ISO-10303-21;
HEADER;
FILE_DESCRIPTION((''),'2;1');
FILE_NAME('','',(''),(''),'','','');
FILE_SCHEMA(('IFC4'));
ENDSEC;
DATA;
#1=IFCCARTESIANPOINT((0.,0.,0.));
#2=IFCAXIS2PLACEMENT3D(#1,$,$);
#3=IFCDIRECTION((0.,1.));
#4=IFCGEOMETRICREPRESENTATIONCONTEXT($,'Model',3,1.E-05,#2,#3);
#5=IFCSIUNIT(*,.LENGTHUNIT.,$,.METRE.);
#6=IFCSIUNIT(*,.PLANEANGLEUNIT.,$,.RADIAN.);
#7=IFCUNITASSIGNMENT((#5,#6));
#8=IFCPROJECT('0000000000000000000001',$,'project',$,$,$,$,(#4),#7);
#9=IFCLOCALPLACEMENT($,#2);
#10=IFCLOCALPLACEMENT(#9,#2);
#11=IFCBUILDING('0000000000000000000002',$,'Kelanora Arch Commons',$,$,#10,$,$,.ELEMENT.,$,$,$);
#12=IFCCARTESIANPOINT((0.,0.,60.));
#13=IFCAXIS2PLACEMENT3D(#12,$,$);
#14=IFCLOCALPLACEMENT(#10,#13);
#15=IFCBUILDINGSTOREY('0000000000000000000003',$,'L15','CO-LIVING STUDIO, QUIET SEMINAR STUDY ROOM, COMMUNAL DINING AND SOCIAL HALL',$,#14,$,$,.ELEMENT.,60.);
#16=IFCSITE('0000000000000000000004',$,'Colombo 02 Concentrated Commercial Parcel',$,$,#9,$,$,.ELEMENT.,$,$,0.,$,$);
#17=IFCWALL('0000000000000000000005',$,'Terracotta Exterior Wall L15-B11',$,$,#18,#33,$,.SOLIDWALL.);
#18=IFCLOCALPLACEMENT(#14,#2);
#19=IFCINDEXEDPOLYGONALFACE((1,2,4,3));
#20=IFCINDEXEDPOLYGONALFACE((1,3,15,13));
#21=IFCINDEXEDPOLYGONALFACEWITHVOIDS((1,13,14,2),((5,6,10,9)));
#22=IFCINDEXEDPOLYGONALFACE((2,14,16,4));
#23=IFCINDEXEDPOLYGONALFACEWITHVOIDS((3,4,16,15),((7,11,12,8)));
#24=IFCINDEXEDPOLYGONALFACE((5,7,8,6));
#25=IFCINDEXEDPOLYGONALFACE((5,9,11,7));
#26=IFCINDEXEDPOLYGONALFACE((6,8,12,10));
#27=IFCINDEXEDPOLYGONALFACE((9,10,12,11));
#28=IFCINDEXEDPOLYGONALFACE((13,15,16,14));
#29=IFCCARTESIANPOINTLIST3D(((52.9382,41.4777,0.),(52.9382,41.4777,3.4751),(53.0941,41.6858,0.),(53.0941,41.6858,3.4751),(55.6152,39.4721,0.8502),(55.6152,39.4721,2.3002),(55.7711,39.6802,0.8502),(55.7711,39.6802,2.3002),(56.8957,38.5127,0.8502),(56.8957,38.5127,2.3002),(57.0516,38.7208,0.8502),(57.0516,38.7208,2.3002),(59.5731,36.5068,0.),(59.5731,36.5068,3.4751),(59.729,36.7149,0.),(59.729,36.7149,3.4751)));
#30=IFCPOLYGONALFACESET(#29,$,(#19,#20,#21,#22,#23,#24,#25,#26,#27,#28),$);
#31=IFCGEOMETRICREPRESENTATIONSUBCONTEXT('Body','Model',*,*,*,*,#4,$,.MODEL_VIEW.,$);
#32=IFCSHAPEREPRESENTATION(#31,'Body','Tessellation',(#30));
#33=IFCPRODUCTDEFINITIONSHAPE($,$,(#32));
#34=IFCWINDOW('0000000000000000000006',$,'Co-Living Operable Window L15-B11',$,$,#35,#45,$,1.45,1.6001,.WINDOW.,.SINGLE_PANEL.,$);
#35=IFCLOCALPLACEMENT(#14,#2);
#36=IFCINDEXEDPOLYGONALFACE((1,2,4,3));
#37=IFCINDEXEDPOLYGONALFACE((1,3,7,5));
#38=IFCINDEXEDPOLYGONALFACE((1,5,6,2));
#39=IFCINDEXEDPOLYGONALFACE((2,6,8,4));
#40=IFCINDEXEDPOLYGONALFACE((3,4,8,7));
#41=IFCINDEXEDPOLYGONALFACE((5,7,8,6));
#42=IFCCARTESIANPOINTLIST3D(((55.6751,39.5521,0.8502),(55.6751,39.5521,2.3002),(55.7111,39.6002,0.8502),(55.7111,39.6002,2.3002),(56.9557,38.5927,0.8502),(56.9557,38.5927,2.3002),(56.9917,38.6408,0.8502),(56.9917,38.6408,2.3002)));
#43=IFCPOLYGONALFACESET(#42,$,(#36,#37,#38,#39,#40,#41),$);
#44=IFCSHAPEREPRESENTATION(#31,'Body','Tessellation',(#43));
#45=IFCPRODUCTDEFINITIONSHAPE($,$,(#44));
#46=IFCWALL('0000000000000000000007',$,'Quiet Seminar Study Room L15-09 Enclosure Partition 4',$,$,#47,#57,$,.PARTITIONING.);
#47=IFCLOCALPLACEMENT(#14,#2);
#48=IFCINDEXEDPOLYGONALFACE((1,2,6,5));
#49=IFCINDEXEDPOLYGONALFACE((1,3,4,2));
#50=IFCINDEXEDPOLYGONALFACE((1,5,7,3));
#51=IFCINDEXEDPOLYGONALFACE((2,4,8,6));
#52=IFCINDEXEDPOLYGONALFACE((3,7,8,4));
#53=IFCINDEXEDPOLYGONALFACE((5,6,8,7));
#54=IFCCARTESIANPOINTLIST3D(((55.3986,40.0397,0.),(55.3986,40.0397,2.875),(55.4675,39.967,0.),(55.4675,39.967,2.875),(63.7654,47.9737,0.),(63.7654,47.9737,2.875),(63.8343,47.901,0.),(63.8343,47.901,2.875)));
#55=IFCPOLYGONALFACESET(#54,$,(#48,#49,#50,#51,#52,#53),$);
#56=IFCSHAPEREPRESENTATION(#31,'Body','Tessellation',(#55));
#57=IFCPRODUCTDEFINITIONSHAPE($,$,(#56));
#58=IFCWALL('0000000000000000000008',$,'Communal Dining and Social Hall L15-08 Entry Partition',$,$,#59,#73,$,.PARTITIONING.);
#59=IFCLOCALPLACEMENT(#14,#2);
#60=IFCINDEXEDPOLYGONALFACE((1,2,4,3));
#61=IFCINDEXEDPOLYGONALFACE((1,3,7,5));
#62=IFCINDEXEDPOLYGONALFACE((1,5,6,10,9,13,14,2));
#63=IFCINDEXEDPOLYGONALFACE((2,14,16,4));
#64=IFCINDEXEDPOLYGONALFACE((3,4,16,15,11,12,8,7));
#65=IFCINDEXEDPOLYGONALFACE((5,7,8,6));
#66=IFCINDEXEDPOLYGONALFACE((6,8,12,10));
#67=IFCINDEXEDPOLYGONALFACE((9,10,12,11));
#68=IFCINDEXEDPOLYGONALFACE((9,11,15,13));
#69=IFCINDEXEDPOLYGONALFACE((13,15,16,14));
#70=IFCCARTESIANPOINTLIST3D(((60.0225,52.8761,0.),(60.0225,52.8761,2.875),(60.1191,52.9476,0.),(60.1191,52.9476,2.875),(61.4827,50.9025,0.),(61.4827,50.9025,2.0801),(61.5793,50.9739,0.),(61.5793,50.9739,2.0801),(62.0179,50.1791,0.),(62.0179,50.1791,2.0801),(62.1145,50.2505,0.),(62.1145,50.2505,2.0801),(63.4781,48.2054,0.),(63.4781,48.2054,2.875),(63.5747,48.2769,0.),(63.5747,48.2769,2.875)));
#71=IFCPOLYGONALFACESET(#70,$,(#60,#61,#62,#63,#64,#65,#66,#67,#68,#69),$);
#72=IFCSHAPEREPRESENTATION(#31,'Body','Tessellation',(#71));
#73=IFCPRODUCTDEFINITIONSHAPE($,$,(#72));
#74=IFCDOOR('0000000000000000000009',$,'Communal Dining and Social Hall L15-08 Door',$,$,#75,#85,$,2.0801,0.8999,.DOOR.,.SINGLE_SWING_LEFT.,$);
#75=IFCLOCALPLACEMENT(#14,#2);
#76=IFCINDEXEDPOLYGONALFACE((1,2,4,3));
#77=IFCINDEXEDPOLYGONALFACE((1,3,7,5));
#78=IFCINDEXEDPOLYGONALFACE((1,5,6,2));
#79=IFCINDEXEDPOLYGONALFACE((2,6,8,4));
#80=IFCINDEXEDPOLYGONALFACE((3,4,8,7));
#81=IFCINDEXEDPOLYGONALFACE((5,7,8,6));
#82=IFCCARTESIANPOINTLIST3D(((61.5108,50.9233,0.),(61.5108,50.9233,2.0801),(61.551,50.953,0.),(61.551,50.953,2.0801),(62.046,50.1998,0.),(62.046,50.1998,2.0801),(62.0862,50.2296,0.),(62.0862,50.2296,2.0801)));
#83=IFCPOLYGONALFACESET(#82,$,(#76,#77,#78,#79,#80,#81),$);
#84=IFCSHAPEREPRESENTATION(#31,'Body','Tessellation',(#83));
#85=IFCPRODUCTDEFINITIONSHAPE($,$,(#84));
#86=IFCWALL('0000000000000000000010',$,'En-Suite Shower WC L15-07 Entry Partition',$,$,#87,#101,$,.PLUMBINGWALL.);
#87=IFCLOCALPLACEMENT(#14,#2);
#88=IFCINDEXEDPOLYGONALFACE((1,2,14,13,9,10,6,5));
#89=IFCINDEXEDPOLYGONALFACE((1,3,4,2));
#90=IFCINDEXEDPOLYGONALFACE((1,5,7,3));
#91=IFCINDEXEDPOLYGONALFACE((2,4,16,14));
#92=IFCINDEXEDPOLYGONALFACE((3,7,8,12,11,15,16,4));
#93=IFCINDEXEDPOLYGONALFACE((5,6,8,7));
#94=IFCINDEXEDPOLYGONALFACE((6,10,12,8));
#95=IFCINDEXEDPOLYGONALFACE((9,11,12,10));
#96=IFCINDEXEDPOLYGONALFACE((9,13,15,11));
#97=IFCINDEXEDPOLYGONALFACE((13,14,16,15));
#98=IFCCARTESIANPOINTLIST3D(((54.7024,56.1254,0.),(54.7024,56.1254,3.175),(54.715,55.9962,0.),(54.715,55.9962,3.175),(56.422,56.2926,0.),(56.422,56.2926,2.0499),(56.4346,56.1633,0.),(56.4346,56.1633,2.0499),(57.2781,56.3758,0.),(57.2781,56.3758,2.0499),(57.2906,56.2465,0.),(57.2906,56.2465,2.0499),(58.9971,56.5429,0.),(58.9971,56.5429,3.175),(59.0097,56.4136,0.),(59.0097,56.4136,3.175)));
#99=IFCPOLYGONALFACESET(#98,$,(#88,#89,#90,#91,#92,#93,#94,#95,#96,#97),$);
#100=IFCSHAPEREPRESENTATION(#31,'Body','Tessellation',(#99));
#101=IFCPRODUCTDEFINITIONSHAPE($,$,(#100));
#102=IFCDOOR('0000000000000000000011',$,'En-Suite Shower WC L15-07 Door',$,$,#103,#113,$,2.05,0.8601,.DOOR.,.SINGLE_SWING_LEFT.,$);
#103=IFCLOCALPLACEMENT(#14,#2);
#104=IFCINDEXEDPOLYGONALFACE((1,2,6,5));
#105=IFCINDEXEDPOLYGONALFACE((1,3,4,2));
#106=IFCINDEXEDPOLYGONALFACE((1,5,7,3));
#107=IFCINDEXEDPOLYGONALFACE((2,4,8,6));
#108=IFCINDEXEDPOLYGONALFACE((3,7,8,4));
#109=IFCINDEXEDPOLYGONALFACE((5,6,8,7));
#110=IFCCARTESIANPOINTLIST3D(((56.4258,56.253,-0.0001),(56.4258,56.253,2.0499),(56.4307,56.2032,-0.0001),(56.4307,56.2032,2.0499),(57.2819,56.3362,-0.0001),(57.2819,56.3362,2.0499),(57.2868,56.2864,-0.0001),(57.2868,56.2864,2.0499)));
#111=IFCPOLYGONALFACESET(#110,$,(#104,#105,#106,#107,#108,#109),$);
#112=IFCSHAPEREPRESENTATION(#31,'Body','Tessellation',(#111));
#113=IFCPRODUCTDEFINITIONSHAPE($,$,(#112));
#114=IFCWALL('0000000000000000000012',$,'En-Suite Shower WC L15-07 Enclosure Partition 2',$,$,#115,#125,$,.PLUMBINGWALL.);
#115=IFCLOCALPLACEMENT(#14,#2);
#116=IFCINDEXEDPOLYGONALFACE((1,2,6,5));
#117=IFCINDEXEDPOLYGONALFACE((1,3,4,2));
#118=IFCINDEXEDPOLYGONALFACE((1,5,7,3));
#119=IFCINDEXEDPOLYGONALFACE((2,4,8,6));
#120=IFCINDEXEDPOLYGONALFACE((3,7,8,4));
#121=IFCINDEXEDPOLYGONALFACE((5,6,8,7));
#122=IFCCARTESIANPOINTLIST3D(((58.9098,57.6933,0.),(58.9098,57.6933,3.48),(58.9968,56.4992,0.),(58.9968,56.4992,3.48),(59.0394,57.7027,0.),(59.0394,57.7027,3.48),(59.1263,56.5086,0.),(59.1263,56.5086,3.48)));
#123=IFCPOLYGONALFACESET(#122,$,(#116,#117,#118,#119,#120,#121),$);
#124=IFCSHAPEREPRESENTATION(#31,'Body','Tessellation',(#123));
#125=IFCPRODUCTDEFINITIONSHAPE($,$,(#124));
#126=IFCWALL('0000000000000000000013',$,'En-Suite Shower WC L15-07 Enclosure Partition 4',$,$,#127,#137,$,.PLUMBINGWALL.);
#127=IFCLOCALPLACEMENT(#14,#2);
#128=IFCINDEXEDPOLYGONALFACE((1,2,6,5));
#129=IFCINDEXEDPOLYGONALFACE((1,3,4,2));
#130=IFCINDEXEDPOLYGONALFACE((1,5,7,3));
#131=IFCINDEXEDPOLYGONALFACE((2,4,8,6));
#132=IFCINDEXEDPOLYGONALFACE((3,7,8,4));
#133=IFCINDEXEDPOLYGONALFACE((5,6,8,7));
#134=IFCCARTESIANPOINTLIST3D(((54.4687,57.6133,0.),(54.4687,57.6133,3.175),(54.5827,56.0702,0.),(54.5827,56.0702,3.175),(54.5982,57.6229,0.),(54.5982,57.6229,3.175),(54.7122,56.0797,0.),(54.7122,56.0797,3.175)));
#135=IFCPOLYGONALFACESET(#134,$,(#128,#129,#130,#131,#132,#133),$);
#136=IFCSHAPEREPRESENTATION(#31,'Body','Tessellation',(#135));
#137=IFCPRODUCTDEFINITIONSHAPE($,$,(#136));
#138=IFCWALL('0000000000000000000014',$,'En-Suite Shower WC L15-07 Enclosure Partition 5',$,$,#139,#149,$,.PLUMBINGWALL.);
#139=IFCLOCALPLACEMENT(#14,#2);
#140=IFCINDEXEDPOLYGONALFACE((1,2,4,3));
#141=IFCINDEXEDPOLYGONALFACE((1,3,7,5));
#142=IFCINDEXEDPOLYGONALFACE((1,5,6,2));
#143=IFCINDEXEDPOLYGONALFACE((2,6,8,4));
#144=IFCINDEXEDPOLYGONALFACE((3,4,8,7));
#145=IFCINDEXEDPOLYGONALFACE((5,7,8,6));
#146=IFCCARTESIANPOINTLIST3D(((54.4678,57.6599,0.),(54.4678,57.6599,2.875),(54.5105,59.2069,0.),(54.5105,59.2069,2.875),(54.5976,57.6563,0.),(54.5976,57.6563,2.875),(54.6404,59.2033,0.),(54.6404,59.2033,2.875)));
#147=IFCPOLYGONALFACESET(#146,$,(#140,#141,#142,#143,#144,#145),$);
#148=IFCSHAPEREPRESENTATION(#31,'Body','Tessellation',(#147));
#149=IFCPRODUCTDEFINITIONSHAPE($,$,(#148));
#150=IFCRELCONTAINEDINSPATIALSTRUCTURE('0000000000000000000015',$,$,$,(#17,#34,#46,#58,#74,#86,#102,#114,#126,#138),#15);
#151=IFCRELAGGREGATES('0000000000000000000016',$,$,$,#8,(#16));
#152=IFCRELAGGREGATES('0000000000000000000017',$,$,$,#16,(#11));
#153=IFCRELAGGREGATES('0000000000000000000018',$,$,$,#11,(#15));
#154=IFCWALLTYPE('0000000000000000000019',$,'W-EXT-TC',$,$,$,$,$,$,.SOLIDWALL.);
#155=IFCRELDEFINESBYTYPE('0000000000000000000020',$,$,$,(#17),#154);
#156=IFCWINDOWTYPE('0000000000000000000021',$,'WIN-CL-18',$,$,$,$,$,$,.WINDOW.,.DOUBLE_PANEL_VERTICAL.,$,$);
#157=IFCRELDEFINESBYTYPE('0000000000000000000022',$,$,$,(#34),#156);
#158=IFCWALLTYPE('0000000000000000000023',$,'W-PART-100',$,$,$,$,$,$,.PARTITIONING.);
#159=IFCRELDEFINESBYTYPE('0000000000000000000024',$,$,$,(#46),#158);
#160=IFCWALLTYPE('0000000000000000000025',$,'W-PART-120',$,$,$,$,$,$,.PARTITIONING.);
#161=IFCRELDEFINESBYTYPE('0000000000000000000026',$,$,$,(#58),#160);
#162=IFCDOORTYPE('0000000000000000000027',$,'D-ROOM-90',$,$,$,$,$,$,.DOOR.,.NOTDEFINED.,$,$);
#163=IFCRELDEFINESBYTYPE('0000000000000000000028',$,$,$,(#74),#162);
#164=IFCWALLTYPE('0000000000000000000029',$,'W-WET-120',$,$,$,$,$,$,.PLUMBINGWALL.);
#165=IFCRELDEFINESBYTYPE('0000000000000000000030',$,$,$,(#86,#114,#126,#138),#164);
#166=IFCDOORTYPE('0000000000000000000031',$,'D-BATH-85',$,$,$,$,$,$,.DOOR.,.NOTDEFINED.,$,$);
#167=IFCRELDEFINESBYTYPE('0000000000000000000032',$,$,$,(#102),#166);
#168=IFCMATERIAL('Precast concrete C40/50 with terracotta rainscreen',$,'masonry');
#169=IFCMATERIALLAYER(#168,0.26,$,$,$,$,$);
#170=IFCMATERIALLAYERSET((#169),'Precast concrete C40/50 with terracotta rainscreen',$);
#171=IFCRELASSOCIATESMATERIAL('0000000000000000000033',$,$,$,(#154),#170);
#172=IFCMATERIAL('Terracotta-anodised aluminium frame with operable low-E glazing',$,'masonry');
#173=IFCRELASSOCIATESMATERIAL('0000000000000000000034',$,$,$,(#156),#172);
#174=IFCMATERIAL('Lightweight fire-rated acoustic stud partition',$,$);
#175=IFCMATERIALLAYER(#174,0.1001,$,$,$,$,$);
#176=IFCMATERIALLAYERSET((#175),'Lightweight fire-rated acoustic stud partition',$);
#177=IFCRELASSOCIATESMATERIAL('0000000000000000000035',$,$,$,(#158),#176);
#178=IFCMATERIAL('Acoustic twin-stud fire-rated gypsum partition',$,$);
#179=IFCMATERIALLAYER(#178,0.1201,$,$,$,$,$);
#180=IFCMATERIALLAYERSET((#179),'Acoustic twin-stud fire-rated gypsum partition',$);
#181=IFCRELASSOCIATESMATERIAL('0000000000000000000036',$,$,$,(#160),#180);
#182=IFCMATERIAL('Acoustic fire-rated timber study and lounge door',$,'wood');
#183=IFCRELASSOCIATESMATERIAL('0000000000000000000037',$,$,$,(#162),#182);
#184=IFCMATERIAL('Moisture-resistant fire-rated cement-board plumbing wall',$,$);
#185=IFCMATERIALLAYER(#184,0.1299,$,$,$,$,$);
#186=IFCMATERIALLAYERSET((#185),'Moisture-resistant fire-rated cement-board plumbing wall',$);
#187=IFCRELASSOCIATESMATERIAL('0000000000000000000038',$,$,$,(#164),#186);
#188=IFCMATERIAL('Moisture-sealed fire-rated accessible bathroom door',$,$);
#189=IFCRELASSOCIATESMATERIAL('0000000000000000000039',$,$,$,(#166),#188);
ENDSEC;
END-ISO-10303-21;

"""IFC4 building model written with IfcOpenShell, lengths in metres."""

from ifc_helpers import new_model, si_unit, direction, frame, frame_2d, origin, place, context, subcontext, project, spatial, rectangle, extrude, material, layer, layer_set, type_object, element, fill, save


model = new_model("IFC4")

# Units and contexts
model_context = context("Model", 3, precision=1e-05, world=origin(), true_north=direction((0.0, 1.0)))
body_context = subcontext(model_context, "Body", "Model", "MODEL_VIEW")
ifc_project = project(units=[si_unit("LENGTHUNIT", "METRE"), si_unit("PLANEANGLEUNIT", "RADIAN")], contexts=[model_context])

# Site, building, storey
site_placement = place(None, origin())
site = spatial("IfcSite", under=ifc_project, at=site_placement, Name="Colombo 02 Concentrated Commercial Parcel", CompositionType="ELEMENT", RefElevation=0.0)
building_placement = place(site_placement, origin())
building = spatial("IfcBuilding", under=site, at=building_placement, Name="Kelanora Arch Commons", CompositionType="ELEMENT")
storey_placement = place(building_placement, frame((0.0, 0.0, 60.0)))
storey = spatial("IfcBuildingStorey", under=building, at=storey_placement, Name="L15", Description="CO-LIVING STUDIO, QUIET SEMINAR STUDY ROOM, COMMUNAL DINING AND SOCIAL HALL", CompositionType="ELEMENT", Elevation=60.0)

# Wall, opening, window
ifc_material_1 = material(Name="Precast concrete C40/50 with terracotta rainscreen", Category="masonry")
ifc_layer_1 = layer(ifc_material_1, 0.26)
ifc_layer_set_1 = layer_set([ifc_layer_1], Name="Precast concrete C40/50 with terracotta rainscreen")
wall_type_1 = type_object("IfcWallType", Name="W-EXT-TC", PredefinedType="SOLIDWALL", material=ifc_layer_set_1)
wall_1_placement = place(storey_placement, frame((53.0161, 41.5818, 0.0), z_axis=(0.0, 0.0, 1.0), x_axis=(0.800307, -0.59959, 0.0)))
wall_1 = element("IfcWall", 1, at=wall_1_placement, inside=storey, type_object=wall_type_1, Name="Terracotta Exterior Wall L15-B11", PredefinedType="SOLIDWALL", context=body_context, shape_type="SweptSolid", body=[
    extrude(rectangle(XDim=8.2905, YDim=0.26, at=frame_2d((4.1453, 0.0))), origin(), (0.0, 0.0, 1.0), 3.4751),
])
opening_1_placement = place(wall_1_placement, frame((3.345, 0.0, 0.8501)))
opening_1 = element("IfcOpeningElement", 2, at=opening_1_placement, cuts=wall_1, PredefinedType="OPENING", context=body_context, shape_type="SweptSolid", body=[
    extrude(rectangle(XDim=1.6001, YDim=1.45, at=frame_2d((0.8, 0.7251))), frame((0.0, 0.1401, 0.0), z_axis=(0.0, -1.0, 0.0), x_axis=(1.0, 0.0, 0.0)), (0.0, 0.0, 1.0), 0.28),
])
ifc_material_2 = material(Name="Terracotta-anodised aluminium frame with operable low-E glazing", Category="masonry")
window_type = type_object("IfcWindowType", Name="WIN-CL-18", PartitioningType="DOUBLE_PANEL_VERTICAL", PredefinedType="WINDOW", material=ifc_material_2)
window_placement = place(opening_1_placement, origin())
window = element("IfcWindow", 3, at=window_placement, inside=storey, type_object=window_type, Name="Co-Living Operable Window L15-B11", OverallHeight=1.45, OverallWidth=1.6001, PartitioningType="SINGLE_PANEL", PredefinedType="WINDOW", context=body_context, shape_type="SweptSolid", body=[
    extrude(rectangle(XDim=1.6001, YDim=1.45, at=frame_2d((0.8, 0.7251))), frame((0.0, 0.03, 0.0), z_axis=(0.0, -1.0, 0.0), x_axis=(1.0, 0.0, 0.0)), (0.0, 0.0, 1.0), 0.0601),
])
fill(opening_1, window)

# Wall
ifc_material_3 = material(Name="Lightweight fire-rated acoustic stud partition")
ifc_layer_2 = layer(ifc_material_3, 0.1001)
ifc_layer_set_2 = layer_set([ifc_layer_2], Name="Lightweight fire-rated acoustic stud partition")
wall_type_2 = type_object("IfcWallType", Name="W-PART-100", PredefinedType="PARTITIONING", material=ifc_layer_set_2)
wall_2_placement = place(storey_placement, frame((55.4331, 40.0034, 0.0), z_axis=(0.0, 0.0, 1.0), x_axis=(0.725628, 0.688088, 0.0)))
element("IfcWall", 4, at=wall_2_placement, inside=storey, type_object=wall_type_2, Name="Quiet Seminar Study Room L15-09 Enclosure Partition 4", PredefinedType="PARTITIONING", context=body_context, shape_type="SweptSolid", body=[
    extrude(rectangle(XDim=11.5305, YDim=0.1001, at=frame_2d((5.7651, 0.0))), origin(), (0.0, 0.0, 1.0), 2.875),
])

# Walls, openings, doors
ifc_material_4 = material(Name="Acoustic twin-stud fire-rated gypsum partition")
ifc_layer_3 = layer(ifc_material_4, 0.1201)
ifc_layer_set_3 = layer_set([ifc_layer_3], Name="Acoustic twin-stud fire-rated gypsum partition")
wall_type_3 = type_object("IfcWallType", Name="W-PART-120", PredefinedType="PARTITIONING", material=ifc_layer_set_3)
wall_3_placement = place(storey_placement, frame((60.0708, 52.9119, 0.0), z_axis=(0.0, 0.0, 1.0), x_axis=(0.594763, -0.803901, 0.0)))
wall_3 = element("IfcWall", 5, at=wall_3_placement, inside=storey, type_object=wall_type_3, Name="Communal Dining and Social Hall L15-08 Entry Partition", PredefinedType="PARTITIONING", context=body_context, shape_type="SweptSolid", body=[
    extrude(rectangle(XDim=5.8101, YDim=0.1201, at=frame_2d((2.905, 0.0))), origin(), (0.0, 0.0, 1.0), 2.875),
])
opening_2_placement = place(wall_3_placement, frame((2.4551, 0.0, 0.0)))
opening_2 = element("IfcOpeningElement", 6, at=opening_2_placement, cuts=wall_3, PredefinedType="OPENING", context=body_context, shape_type="SweptSolid", body=[
    extrude(rectangle(XDim=0.8999, YDim=2.0801, at=frame_2d((0.45, 1.04))), frame((0.0, 0.0701, 0.0), z_axis=(0.0, -1.0, 0.0), x_axis=(1.0, 0.0, 0.0)), (0.0, 0.0, 1.0), 0.1401),
])
ifc_material_5 = material(Name="Acoustic fire-rated timber study and lounge door", Category="wood")
door_type_1 = type_object("IfcDoorType", Name="D-ROOM-90", OperationType="NOTDEFINED", PredefinedType="DOOR", material=ifc_material_5)
door_1_placement = place(opening_2_placement, origin())
door_1 = element("IfcDoor", 7, at=door_1_placement, inside=storey, type_object=door_type_1, Name="Communal Dining and Social Hall L15-08 Door", OperationType="SINGLE_SWING_LEFT", OverallHeight=2.0801, OverallWidth=0.8999, PredefinedType="DOOR", context=body_context, shape_type="SweptSolid", body=[
    extrude(rectangle(XDim=0.8999, YDim=2.0801, at=frame_2d((0.45, 1.04))), frame((0.0, 0.0249, 0.0), z_axis=(0.0, -1.0, 0.0), x_axis=(1.0, 0.0, 0.0)), (0.0, 0.0, 1.0), 0.05),
])
fill(opening_2, door_1)
ifc_material_6 = material(Name="Moisture-resistant fire-rated cement-board plumbing wall")
ifc_layer_4 = layer(ifc_material_6, 0.1299)
ifc_layer_set_4 = layer_set([ifc_layer_4], Name="Moisture-resistant fire-rated cement-board plumbing wall")
wall_type_4 = type_object("IfcWallType", Name="W-WET-120", PredefinedType="PLUMBINGWALL", material=ifc_layer_set_4)
wall_4_placement = place(storey_placement, frame((59.0034, 56.4783, 0.0), z_axis=(0.0, 0.0, 1.0), x_axis=(-0.995308, -0.096753, 0.0)))
wall_4 = element("IfcWall", 8, at=wall_4_placement, inside=storey, type_object=wall_type_4, Name="En-Suite Shower WC L15-07 Entry Partition", PredefinedType="PLUMBINGWALL", context=body_context, shape_type="SweptSolid", body=[
    extrude(rectangle(XDim=4.3149, YDim=0.1299, at=frame_2d((2.1575, 0.0))), origin(), (0.0, 0.0, 1.0), 3.175),
])
opening_3_placement = place(wall_4_placement, frame((1.7271, 0.0, 0.0)))
opening_3 = element("IfcOpeningElement", 9, at=opening_3_placement, cuts=wall_4, PredefinedType="OPENING", context=body_context, shape_type="SweptSolid", body=[
    extrude(rectangle(XDim=0.8601, YDim=2.05, at=frame_2d((0.4302, 1.0249))), frame((0.0, 0.075, 0.0), z_axis=(0.0, -1.0, 0.0), x_axis=(1.0, 0.0, 0.0)), (0.0, 0.0, 1.0), 0.1499),
])
ifc_material_7 = material(Name="Moisture-sealed fire-rated accessible bathroom door")
door_type_2 = type_object("IfcDoorType", Name="D-BATH-85", OperationType="NOTDEFINED", PredefinedType="DOOR", material=ifc_material_7)
door_2_placement = place(opening_3_placement, origin())
door_2 = element("IfcDoor", 10, at=door_2_placement, inside=storey, type_object=door_type_2, Name="En-Suite Shower WC L15-07 Door", OperationType="SINGLE_SWING_LEFT", OverallHeight=2.05, OverallWidth=0.8601, PredefinedType="DOOR", context=body_context, shape_type="SweptSolid", body=[
    extrude(rectangle(XDim=0.8601, YDim=2.05, at=frame_2d((0.4302, 1.0249))), frame((0.0, 0.0249, 0.0), z_axis=(0.0, -1.0, 0.0), x_axis=(1.0, 0.0, 0.0)), (0.0, 0.0, 1.0), 0.05),
])
fill(opening_3, door_2)

# Walls
wall_5_placement = place(storey_placement, frame((58.9746, 57.698, 0.0), z_axis=(0.0, 0.0, 1.0), x_axis=(0.072595, -0.997362, 0.0)))
element("IfcWall", 11, at=wall_5_placement, inside=storey, type_object=wall_type_4, Name="En-Suite Shower WC L15-07 Enclosure Partition 2", PredefinedType="PLUMBINGWALL", context=body_context, shape_type="SweptSolid", body=[
    extrude(rectangle(XDim=1.1973, YDim=0.1299, at=frame_2d((0.5986, 0.0))), origin(), (0.0, 0.0, 1.0), 3.48),
])
wall_6_placement = place(storey_placement, frame((54.6475, 56.075, 0.0), z_axis=(0.0, 0.0, 1.0), x_axis=(-0.07368, 0.997282, 0.0)))
element("IfcWall", 12, at=wall_6_placement, inside=storey, type_object=wall_type_4, Name="En-Suite Shower WC L15-07 Enclosure Partition 4", PredefinedType="PLUMBINGWALL", context=body_context, shape_type="SweptSolid", body=[
    extrude(rectangle(XDim=1.5474, YDim=0.1299, at=frame_2d((0.7737, 0.0))), origin(), (0.0, 0.0, 1.0), 3.175),
])
wall_7_placement = place(storey_placement, frame((54.5327, 57.658, 0.0), z_axis=(0.0, 0.0, 1.0), x_axis=(0.027605, 0.999619, 0.0)))
element("IfcWall", 13, at=wall_7_placement, inside=storey, type_object=wall_type_4, Name="En-Suite Shower WC L15-07 Enclosure Partition 5", PredefinedType="PLUMBINGWALL", context=body_context, shape_type="SweptSolid", body=[
    extrude(rectangle(XDim=1.5476, YDim=0.1299, at=frame_2d((0.7739, 0.0))), origin(), (0.0, 0.0, 1.0), 2.875),
])

save(model, "model.ifc")
